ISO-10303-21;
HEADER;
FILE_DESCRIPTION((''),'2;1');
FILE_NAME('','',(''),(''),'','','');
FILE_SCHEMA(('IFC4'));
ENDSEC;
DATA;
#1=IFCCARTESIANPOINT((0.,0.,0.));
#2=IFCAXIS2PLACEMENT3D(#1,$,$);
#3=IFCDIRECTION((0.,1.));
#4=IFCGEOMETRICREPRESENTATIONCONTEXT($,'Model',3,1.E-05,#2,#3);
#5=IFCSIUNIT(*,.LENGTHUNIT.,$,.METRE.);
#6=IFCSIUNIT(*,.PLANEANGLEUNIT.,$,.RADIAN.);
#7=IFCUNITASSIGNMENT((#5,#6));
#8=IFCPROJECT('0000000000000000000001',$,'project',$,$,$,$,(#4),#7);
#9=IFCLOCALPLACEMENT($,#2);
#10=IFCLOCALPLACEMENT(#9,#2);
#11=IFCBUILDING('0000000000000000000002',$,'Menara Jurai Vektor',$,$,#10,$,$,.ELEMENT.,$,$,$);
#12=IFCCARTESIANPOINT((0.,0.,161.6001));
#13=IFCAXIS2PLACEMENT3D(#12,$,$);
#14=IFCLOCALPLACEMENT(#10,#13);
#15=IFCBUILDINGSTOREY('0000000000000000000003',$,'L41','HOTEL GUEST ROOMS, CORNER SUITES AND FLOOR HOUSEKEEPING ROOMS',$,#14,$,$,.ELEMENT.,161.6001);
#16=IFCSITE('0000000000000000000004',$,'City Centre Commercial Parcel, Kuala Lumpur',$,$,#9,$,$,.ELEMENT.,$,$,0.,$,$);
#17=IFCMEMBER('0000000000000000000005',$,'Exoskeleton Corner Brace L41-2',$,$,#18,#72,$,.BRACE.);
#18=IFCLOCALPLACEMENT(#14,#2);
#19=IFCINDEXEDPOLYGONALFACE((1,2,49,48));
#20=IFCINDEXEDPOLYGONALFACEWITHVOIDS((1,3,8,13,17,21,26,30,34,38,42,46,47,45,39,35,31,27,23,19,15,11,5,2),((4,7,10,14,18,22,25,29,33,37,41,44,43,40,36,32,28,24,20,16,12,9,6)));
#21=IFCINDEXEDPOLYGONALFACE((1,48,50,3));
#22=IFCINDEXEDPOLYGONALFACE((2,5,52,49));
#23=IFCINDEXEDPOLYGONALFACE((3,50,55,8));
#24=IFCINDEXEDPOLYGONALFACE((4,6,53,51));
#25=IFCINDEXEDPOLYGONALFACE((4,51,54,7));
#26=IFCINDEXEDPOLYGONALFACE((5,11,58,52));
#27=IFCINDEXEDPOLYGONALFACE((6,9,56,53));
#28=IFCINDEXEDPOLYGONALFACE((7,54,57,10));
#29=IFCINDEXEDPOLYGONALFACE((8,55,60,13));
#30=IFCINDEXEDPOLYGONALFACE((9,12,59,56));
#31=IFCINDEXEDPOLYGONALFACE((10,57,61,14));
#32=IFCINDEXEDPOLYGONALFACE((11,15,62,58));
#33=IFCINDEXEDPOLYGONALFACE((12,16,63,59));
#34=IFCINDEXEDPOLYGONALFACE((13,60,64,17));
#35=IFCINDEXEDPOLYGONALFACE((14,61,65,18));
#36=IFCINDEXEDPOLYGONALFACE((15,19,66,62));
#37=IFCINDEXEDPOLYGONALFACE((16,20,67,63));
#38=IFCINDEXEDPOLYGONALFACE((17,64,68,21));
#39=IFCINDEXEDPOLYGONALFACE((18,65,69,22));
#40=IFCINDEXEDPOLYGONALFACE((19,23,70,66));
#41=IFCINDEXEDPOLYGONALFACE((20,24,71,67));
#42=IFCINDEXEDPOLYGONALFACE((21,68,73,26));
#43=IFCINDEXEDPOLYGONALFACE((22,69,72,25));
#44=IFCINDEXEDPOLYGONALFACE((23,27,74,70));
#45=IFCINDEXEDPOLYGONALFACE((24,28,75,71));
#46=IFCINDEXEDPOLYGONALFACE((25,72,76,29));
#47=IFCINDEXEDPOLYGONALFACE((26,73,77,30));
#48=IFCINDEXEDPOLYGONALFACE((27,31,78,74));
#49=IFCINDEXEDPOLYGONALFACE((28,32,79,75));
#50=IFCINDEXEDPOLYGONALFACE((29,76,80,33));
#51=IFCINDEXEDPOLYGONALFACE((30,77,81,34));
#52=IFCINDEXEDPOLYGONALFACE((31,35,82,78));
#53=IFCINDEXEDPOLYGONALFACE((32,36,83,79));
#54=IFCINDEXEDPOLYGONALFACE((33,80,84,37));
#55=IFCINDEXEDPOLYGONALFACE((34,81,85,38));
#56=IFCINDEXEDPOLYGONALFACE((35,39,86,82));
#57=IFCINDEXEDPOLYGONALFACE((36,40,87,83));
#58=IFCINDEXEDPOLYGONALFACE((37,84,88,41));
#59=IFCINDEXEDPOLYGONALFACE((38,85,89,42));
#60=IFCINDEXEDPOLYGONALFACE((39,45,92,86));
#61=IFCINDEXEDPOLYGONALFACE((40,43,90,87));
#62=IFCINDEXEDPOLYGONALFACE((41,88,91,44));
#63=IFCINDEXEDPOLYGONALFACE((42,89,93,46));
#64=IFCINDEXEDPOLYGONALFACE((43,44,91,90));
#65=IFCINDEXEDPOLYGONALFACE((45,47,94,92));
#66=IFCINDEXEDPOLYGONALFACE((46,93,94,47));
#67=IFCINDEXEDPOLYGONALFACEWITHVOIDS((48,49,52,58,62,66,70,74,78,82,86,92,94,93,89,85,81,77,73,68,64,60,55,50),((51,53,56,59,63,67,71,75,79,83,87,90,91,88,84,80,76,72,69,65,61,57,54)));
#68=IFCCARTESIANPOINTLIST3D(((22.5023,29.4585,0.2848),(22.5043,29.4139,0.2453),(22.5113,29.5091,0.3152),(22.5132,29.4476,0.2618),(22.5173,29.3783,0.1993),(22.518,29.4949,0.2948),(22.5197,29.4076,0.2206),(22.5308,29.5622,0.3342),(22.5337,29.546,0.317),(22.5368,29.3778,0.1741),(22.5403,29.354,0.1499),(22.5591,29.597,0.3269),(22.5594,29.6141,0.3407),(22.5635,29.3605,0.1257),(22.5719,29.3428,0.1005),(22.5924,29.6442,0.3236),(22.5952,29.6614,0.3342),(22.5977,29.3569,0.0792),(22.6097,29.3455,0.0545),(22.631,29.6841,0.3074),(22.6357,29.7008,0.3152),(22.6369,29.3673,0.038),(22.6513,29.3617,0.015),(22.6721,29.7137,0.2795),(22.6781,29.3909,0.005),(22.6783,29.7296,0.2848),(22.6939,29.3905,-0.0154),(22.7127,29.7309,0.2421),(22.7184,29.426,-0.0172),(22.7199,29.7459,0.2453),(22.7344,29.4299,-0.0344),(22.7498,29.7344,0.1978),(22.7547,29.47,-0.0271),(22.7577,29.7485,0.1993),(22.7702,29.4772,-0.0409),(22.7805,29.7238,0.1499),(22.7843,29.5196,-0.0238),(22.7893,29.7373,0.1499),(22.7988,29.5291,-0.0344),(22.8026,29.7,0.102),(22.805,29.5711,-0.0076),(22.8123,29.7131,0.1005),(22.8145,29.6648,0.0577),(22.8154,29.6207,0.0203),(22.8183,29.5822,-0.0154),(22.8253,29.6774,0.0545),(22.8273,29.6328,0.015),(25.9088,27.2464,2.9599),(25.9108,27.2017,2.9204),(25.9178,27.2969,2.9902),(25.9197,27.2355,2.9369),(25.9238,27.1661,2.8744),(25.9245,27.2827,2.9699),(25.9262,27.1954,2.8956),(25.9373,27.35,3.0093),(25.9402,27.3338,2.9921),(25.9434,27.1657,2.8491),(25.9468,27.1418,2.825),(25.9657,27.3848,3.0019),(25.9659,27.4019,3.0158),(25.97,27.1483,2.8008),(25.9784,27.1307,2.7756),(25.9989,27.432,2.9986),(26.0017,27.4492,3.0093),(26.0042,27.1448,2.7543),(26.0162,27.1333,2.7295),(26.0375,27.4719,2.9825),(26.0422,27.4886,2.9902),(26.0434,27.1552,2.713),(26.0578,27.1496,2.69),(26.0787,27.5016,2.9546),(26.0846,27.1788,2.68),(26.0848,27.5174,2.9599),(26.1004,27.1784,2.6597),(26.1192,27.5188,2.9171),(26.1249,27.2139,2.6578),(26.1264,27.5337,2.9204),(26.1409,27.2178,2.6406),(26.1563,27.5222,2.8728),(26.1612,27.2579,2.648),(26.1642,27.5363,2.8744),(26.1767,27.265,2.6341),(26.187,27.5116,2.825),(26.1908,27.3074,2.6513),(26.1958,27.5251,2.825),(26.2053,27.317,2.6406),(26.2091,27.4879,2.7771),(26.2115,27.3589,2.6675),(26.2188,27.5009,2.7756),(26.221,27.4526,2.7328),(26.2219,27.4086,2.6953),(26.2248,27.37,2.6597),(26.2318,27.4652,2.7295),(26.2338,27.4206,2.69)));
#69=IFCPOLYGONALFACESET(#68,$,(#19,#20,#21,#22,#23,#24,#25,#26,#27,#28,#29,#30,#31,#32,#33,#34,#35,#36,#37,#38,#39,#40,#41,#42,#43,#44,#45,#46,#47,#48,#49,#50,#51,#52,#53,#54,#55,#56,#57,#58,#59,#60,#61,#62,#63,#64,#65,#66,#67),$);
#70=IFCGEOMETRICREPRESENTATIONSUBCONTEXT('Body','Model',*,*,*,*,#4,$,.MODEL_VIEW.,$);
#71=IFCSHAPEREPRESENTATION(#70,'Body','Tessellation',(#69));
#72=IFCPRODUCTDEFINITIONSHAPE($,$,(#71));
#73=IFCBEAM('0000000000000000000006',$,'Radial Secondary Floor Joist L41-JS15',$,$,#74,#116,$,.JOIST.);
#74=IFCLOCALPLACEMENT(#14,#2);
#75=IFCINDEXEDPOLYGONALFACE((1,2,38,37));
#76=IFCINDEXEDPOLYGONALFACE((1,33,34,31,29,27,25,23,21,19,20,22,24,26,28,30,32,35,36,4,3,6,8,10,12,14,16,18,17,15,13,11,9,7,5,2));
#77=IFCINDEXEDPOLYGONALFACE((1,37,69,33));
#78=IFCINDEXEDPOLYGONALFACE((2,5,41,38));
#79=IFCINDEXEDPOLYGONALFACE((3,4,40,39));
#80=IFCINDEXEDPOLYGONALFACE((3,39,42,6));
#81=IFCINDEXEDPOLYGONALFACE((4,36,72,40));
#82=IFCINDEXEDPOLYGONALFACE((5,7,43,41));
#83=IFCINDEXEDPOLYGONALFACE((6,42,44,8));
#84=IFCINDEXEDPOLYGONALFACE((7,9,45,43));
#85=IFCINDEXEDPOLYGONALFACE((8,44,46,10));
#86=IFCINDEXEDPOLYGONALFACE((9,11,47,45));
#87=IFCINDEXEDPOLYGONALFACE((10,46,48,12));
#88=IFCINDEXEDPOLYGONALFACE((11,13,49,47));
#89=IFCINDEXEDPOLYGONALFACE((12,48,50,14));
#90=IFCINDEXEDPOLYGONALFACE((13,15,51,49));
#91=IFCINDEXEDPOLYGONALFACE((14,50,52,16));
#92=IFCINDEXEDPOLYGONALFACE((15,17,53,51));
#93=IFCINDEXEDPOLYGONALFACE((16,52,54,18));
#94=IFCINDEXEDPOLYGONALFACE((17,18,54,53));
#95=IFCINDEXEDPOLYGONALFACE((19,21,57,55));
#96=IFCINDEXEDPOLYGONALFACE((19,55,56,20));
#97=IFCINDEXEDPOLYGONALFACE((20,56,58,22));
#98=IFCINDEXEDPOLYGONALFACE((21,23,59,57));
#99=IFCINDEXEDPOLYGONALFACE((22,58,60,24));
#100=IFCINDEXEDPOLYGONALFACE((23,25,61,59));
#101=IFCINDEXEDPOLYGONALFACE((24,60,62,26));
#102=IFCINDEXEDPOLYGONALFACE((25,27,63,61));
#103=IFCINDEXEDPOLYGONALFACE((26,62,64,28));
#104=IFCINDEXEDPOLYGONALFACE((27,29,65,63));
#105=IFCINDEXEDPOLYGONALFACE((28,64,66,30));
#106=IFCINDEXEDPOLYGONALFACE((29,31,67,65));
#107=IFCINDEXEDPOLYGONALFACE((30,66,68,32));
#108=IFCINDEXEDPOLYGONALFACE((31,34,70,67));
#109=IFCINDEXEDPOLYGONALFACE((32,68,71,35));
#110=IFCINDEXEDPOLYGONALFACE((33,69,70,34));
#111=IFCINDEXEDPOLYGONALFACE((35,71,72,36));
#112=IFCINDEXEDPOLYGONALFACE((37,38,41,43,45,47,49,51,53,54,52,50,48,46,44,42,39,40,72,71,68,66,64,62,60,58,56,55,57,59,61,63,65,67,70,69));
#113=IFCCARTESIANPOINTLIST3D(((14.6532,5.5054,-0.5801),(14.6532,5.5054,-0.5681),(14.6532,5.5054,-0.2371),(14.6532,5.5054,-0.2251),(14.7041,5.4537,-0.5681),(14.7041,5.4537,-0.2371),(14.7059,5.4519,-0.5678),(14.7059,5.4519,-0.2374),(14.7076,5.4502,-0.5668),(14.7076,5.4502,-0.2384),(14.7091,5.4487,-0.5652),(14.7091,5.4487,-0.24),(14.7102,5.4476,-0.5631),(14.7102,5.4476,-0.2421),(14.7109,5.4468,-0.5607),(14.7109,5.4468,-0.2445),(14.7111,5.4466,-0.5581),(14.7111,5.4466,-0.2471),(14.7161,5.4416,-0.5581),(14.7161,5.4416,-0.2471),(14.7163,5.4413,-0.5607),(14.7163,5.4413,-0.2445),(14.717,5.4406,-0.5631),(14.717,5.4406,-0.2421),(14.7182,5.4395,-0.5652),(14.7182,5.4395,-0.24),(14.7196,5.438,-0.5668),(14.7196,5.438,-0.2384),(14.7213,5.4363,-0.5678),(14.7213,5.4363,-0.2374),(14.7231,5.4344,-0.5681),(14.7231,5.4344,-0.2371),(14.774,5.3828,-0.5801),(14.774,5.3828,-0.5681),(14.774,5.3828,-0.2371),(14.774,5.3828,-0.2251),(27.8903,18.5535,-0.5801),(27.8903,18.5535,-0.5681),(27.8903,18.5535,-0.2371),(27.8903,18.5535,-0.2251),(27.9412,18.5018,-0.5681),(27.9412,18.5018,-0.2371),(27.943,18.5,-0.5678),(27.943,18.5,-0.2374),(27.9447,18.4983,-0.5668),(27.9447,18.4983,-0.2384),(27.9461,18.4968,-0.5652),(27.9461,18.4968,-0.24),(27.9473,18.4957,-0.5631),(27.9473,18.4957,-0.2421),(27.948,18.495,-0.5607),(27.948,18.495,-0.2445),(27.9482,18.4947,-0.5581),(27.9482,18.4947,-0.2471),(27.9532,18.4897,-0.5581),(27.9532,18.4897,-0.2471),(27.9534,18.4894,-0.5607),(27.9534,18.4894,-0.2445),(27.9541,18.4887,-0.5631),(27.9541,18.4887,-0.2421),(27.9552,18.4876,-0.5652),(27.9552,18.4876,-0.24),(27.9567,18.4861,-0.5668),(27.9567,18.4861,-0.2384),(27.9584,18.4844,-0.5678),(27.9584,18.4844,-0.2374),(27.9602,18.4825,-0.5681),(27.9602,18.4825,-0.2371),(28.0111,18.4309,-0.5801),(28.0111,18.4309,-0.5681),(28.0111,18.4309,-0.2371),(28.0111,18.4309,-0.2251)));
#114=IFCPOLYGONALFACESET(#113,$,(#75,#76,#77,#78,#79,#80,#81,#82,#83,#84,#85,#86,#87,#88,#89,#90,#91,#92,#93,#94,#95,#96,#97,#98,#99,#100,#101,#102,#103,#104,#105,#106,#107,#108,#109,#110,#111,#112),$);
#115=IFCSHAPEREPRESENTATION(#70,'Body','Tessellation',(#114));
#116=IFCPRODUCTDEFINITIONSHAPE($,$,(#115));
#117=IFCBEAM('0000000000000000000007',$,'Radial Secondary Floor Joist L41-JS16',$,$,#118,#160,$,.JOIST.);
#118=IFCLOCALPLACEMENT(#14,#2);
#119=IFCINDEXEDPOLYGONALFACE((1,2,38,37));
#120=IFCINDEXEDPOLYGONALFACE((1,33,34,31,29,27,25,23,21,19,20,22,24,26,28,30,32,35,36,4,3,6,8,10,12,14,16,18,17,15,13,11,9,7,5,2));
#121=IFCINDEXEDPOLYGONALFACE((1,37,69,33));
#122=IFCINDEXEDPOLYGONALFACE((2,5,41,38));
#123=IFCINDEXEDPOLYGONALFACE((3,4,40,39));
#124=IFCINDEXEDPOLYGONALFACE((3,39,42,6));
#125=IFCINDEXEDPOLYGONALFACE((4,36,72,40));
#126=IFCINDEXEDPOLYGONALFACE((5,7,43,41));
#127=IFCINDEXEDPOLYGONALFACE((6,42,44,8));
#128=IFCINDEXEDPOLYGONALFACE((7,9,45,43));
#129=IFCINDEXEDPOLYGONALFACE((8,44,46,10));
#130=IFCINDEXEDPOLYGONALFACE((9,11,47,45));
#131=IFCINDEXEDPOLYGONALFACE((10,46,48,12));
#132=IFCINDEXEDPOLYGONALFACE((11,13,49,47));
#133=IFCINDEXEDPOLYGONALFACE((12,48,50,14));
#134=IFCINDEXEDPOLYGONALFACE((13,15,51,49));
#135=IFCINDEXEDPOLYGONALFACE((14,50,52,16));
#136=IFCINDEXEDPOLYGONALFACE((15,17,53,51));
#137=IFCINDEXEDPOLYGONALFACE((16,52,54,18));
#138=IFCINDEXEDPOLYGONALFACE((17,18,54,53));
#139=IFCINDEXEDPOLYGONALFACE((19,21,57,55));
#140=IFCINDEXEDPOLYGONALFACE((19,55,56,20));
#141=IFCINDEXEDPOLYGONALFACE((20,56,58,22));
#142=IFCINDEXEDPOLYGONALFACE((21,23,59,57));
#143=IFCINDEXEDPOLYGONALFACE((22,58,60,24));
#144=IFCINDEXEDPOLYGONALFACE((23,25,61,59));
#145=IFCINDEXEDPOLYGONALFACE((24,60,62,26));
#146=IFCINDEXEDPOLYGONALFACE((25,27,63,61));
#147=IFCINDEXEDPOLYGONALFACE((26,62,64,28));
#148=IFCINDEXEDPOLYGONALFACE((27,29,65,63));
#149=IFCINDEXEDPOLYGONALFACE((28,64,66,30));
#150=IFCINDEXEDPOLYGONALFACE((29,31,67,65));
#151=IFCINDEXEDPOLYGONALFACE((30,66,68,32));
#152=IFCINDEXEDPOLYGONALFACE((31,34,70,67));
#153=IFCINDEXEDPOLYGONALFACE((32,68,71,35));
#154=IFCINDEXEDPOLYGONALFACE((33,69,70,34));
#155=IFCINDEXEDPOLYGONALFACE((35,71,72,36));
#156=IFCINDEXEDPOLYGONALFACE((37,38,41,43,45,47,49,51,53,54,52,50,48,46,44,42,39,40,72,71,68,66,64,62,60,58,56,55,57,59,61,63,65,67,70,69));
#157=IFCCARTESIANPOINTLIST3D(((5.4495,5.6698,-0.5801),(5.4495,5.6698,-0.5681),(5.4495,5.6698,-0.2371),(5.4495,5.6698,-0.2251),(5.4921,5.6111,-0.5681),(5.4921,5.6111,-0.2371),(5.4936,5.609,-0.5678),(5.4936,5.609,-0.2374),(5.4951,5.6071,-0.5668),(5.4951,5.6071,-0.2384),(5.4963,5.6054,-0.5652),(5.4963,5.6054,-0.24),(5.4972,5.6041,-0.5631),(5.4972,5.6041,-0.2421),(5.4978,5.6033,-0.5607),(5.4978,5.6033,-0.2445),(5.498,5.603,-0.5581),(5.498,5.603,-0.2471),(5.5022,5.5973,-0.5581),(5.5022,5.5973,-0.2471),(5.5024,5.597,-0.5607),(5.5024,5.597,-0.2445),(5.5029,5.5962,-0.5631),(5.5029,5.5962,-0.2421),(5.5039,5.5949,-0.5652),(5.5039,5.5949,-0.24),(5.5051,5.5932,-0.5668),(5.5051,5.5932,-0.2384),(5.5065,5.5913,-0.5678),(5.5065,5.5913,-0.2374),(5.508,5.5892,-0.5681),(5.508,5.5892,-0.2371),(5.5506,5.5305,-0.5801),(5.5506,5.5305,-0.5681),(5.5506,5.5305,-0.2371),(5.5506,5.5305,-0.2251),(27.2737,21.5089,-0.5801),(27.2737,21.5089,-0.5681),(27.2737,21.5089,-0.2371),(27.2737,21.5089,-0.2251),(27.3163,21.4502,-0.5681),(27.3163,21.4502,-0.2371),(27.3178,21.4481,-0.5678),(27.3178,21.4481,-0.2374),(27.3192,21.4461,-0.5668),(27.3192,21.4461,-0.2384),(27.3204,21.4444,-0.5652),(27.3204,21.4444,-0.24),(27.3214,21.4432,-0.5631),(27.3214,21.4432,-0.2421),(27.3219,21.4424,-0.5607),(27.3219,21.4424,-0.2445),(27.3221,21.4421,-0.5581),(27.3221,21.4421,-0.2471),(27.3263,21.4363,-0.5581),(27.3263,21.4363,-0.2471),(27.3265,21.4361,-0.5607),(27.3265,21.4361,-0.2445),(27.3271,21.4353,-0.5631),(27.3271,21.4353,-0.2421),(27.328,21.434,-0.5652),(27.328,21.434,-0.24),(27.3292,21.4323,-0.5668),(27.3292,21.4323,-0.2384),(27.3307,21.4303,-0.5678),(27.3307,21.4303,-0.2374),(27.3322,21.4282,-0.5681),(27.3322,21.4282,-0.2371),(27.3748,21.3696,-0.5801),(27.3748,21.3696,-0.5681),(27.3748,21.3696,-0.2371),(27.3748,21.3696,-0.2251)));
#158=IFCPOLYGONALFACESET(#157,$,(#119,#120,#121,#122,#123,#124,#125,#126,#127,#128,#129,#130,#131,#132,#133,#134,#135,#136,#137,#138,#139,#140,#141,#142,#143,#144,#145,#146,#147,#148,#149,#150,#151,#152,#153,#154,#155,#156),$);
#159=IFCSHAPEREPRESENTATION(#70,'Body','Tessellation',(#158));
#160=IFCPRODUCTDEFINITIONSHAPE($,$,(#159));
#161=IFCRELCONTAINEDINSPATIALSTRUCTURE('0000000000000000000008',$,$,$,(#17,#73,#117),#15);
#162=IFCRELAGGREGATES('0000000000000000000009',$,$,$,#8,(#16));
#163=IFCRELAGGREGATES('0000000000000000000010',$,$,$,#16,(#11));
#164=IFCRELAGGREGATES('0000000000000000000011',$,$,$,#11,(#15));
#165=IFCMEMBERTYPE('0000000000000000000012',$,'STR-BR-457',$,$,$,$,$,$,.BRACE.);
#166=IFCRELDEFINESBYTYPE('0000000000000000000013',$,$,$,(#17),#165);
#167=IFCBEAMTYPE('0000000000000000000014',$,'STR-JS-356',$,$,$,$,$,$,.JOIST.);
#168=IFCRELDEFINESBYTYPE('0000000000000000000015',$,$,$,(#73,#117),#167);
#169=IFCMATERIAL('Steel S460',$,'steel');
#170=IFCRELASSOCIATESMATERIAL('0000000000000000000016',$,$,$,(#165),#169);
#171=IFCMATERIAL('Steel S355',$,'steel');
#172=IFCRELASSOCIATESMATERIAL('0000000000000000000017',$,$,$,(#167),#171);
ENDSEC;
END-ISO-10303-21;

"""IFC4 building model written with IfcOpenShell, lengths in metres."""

from ifc_helpers import new_model, si_unit, direction, frame, origin, origin_2d, place, context, subcontext, project, spatial, hollow_circle, i_section, extrude, material, material_profile, profile_set, type_object, element, save


model = new_model("IFC4")

# Units and contexts
model_context = context("Model", 3, precision=1e-05, world=origin(), true_north=direction((0.0, 1.0)))
body_context = subcontext(model_context, "Body", "Model", "MODEL_VIEW")
ifc_project = project(units=[si_unit("LENGTHUNIT", "METRE"), si_unit("PLANEANGLEUNIT", "RADIAN")], contexts=[model_context])

# Site, building, storey
site_placement = place(None, origin())
site = spatial("IfcSite", under=ifc_project, at=site_placement, Name="City Centre Commercial Parcel, Kuala Lumpur", CompositionType="ELEMENT", RefElevation=0.0)
building_placement = place(site_placement, origin())
building = spatial("IfcBuilding", under=site, at=building_placement, Name="Menara Jurai Vektor", CompositionType="ELEMENT")
storey_placement = place(building_placement, frame((0.0, 0.0, 161.6001)))
storey = spatial("IfcBuildingStorey", under=building, at=storey_placement, Name="L41", Description="HOTEL GUEST ROOMS, CORNER SUITES AND FLOOR HOUSEKEEPING ROOMS", CompositionType="ELEMENT", Elevation=161.6001)

# Shared definitions
ifc_material_1 = material(Name="Steel S460", Category="steel")

# Shared definitions
ifc_material_2 = material(Name="Steel S355", Category="steel")

# Member
ifc_material_profile_1 = material_profile(ifc_material_1, hollow_circle(Radius=0.2285, WallThickness=0.0161, at=origin_2d()), Name="CHS 457x16")
ifc_profile_set_1 = profile_set([ifc_material_profile_1], Name="Steel S460")
member_type_1 = type_object("IfcMemberType", Name="STR-BR-457", PredefinedType="BRACE", material=ifc_profile_set_1)
member_1_placement = place(storey_placement, frame((22.6648, 29.5457, 0.1499), z_axis=(0.700419, -0.454848, 0.550024), x_axis=(0.544631, 0.838676, 0.0)))
element("IfcMember", 1, at=member_1_placement, inside=storey, type_object=member_type_1, Name="Exoskeleton Corner Brace L41-2", PredefinedType="BRACE", context=body_context, shape_type="SweptSolid", body=[
    extrude(hollow_circle(Radius=0.2285, WallThickness=0.0161, at=origin_2d()), origin(), (0.0, 0.0, 1.0), 4.8635),
])

# Beams
ifc_material_profile_2 = material_profile(ifc_material_2, i_section(OverallWidth=0.1721, OverallDepth=0.355, WebThickness=0.0071, FlangeThickness=0.012, FilletRadius=0.01, at=origin_2d()), Name="UKB 356x171x51")
ifc_profile_set_2 = profile_set([ifc_material_profile_2], Name="Steel S355")
beam_type_1 = type_object("IfcBeamType", Name="STR-JS-356", PredefinedType="JOIST", material=ifc_profile_set_2)
beam_1_placement = place(storey_placement, frame((27.9507, 18.4922, -0.4026), z_axis=(-0.712172, -0.702005, 0.0), x_axis=(0.702005, -0.712172, 0.0)))
element("IfcBeam", 2, at=beam_1_placement, inside=storey, type_object=beam_type_1, Name="Radial Secondary Floor Joist L41-JS15", PredefinedType="JOIST", context=body_context, shape_type="SweptSolid", body=[
    extrude(i_section(OverallWidth=0.1721, OverallDepth=0.355, WebThickness=0.0071, FlangeThickness=0.012, FilletRadius=0.01, at=origin_2d()), origin(), (0.0, 0.0, 1.0), 18.5869),
])
beam_2_placement = place(storey_placement, frame((27.3242, 21.4392, -0.4026), z_axis=(-0.809319, -0.58737, 0.0), x_axis=(0.58737, -0.809319, 0.0)))
element("IfcBeam", 3, at=beam_2_placement, inside=storey, type_object=beam_type_1, Name="Radial Secondary Floor Joist L41-JS16", PredefinedType="JOIST", context=body_context, shape_type="SweptSolid", body=[
    extrude(i_section(OverallWidth=0.1721, OverallDepth=0.355, WebThickness=0.0071, FlangeThickness=0.012, FilletRadius=0.01, at=origin_2d()), origin(), (0.0, 0.0, 1.0), 26.9661),
])

save(model, "model.ifc")
